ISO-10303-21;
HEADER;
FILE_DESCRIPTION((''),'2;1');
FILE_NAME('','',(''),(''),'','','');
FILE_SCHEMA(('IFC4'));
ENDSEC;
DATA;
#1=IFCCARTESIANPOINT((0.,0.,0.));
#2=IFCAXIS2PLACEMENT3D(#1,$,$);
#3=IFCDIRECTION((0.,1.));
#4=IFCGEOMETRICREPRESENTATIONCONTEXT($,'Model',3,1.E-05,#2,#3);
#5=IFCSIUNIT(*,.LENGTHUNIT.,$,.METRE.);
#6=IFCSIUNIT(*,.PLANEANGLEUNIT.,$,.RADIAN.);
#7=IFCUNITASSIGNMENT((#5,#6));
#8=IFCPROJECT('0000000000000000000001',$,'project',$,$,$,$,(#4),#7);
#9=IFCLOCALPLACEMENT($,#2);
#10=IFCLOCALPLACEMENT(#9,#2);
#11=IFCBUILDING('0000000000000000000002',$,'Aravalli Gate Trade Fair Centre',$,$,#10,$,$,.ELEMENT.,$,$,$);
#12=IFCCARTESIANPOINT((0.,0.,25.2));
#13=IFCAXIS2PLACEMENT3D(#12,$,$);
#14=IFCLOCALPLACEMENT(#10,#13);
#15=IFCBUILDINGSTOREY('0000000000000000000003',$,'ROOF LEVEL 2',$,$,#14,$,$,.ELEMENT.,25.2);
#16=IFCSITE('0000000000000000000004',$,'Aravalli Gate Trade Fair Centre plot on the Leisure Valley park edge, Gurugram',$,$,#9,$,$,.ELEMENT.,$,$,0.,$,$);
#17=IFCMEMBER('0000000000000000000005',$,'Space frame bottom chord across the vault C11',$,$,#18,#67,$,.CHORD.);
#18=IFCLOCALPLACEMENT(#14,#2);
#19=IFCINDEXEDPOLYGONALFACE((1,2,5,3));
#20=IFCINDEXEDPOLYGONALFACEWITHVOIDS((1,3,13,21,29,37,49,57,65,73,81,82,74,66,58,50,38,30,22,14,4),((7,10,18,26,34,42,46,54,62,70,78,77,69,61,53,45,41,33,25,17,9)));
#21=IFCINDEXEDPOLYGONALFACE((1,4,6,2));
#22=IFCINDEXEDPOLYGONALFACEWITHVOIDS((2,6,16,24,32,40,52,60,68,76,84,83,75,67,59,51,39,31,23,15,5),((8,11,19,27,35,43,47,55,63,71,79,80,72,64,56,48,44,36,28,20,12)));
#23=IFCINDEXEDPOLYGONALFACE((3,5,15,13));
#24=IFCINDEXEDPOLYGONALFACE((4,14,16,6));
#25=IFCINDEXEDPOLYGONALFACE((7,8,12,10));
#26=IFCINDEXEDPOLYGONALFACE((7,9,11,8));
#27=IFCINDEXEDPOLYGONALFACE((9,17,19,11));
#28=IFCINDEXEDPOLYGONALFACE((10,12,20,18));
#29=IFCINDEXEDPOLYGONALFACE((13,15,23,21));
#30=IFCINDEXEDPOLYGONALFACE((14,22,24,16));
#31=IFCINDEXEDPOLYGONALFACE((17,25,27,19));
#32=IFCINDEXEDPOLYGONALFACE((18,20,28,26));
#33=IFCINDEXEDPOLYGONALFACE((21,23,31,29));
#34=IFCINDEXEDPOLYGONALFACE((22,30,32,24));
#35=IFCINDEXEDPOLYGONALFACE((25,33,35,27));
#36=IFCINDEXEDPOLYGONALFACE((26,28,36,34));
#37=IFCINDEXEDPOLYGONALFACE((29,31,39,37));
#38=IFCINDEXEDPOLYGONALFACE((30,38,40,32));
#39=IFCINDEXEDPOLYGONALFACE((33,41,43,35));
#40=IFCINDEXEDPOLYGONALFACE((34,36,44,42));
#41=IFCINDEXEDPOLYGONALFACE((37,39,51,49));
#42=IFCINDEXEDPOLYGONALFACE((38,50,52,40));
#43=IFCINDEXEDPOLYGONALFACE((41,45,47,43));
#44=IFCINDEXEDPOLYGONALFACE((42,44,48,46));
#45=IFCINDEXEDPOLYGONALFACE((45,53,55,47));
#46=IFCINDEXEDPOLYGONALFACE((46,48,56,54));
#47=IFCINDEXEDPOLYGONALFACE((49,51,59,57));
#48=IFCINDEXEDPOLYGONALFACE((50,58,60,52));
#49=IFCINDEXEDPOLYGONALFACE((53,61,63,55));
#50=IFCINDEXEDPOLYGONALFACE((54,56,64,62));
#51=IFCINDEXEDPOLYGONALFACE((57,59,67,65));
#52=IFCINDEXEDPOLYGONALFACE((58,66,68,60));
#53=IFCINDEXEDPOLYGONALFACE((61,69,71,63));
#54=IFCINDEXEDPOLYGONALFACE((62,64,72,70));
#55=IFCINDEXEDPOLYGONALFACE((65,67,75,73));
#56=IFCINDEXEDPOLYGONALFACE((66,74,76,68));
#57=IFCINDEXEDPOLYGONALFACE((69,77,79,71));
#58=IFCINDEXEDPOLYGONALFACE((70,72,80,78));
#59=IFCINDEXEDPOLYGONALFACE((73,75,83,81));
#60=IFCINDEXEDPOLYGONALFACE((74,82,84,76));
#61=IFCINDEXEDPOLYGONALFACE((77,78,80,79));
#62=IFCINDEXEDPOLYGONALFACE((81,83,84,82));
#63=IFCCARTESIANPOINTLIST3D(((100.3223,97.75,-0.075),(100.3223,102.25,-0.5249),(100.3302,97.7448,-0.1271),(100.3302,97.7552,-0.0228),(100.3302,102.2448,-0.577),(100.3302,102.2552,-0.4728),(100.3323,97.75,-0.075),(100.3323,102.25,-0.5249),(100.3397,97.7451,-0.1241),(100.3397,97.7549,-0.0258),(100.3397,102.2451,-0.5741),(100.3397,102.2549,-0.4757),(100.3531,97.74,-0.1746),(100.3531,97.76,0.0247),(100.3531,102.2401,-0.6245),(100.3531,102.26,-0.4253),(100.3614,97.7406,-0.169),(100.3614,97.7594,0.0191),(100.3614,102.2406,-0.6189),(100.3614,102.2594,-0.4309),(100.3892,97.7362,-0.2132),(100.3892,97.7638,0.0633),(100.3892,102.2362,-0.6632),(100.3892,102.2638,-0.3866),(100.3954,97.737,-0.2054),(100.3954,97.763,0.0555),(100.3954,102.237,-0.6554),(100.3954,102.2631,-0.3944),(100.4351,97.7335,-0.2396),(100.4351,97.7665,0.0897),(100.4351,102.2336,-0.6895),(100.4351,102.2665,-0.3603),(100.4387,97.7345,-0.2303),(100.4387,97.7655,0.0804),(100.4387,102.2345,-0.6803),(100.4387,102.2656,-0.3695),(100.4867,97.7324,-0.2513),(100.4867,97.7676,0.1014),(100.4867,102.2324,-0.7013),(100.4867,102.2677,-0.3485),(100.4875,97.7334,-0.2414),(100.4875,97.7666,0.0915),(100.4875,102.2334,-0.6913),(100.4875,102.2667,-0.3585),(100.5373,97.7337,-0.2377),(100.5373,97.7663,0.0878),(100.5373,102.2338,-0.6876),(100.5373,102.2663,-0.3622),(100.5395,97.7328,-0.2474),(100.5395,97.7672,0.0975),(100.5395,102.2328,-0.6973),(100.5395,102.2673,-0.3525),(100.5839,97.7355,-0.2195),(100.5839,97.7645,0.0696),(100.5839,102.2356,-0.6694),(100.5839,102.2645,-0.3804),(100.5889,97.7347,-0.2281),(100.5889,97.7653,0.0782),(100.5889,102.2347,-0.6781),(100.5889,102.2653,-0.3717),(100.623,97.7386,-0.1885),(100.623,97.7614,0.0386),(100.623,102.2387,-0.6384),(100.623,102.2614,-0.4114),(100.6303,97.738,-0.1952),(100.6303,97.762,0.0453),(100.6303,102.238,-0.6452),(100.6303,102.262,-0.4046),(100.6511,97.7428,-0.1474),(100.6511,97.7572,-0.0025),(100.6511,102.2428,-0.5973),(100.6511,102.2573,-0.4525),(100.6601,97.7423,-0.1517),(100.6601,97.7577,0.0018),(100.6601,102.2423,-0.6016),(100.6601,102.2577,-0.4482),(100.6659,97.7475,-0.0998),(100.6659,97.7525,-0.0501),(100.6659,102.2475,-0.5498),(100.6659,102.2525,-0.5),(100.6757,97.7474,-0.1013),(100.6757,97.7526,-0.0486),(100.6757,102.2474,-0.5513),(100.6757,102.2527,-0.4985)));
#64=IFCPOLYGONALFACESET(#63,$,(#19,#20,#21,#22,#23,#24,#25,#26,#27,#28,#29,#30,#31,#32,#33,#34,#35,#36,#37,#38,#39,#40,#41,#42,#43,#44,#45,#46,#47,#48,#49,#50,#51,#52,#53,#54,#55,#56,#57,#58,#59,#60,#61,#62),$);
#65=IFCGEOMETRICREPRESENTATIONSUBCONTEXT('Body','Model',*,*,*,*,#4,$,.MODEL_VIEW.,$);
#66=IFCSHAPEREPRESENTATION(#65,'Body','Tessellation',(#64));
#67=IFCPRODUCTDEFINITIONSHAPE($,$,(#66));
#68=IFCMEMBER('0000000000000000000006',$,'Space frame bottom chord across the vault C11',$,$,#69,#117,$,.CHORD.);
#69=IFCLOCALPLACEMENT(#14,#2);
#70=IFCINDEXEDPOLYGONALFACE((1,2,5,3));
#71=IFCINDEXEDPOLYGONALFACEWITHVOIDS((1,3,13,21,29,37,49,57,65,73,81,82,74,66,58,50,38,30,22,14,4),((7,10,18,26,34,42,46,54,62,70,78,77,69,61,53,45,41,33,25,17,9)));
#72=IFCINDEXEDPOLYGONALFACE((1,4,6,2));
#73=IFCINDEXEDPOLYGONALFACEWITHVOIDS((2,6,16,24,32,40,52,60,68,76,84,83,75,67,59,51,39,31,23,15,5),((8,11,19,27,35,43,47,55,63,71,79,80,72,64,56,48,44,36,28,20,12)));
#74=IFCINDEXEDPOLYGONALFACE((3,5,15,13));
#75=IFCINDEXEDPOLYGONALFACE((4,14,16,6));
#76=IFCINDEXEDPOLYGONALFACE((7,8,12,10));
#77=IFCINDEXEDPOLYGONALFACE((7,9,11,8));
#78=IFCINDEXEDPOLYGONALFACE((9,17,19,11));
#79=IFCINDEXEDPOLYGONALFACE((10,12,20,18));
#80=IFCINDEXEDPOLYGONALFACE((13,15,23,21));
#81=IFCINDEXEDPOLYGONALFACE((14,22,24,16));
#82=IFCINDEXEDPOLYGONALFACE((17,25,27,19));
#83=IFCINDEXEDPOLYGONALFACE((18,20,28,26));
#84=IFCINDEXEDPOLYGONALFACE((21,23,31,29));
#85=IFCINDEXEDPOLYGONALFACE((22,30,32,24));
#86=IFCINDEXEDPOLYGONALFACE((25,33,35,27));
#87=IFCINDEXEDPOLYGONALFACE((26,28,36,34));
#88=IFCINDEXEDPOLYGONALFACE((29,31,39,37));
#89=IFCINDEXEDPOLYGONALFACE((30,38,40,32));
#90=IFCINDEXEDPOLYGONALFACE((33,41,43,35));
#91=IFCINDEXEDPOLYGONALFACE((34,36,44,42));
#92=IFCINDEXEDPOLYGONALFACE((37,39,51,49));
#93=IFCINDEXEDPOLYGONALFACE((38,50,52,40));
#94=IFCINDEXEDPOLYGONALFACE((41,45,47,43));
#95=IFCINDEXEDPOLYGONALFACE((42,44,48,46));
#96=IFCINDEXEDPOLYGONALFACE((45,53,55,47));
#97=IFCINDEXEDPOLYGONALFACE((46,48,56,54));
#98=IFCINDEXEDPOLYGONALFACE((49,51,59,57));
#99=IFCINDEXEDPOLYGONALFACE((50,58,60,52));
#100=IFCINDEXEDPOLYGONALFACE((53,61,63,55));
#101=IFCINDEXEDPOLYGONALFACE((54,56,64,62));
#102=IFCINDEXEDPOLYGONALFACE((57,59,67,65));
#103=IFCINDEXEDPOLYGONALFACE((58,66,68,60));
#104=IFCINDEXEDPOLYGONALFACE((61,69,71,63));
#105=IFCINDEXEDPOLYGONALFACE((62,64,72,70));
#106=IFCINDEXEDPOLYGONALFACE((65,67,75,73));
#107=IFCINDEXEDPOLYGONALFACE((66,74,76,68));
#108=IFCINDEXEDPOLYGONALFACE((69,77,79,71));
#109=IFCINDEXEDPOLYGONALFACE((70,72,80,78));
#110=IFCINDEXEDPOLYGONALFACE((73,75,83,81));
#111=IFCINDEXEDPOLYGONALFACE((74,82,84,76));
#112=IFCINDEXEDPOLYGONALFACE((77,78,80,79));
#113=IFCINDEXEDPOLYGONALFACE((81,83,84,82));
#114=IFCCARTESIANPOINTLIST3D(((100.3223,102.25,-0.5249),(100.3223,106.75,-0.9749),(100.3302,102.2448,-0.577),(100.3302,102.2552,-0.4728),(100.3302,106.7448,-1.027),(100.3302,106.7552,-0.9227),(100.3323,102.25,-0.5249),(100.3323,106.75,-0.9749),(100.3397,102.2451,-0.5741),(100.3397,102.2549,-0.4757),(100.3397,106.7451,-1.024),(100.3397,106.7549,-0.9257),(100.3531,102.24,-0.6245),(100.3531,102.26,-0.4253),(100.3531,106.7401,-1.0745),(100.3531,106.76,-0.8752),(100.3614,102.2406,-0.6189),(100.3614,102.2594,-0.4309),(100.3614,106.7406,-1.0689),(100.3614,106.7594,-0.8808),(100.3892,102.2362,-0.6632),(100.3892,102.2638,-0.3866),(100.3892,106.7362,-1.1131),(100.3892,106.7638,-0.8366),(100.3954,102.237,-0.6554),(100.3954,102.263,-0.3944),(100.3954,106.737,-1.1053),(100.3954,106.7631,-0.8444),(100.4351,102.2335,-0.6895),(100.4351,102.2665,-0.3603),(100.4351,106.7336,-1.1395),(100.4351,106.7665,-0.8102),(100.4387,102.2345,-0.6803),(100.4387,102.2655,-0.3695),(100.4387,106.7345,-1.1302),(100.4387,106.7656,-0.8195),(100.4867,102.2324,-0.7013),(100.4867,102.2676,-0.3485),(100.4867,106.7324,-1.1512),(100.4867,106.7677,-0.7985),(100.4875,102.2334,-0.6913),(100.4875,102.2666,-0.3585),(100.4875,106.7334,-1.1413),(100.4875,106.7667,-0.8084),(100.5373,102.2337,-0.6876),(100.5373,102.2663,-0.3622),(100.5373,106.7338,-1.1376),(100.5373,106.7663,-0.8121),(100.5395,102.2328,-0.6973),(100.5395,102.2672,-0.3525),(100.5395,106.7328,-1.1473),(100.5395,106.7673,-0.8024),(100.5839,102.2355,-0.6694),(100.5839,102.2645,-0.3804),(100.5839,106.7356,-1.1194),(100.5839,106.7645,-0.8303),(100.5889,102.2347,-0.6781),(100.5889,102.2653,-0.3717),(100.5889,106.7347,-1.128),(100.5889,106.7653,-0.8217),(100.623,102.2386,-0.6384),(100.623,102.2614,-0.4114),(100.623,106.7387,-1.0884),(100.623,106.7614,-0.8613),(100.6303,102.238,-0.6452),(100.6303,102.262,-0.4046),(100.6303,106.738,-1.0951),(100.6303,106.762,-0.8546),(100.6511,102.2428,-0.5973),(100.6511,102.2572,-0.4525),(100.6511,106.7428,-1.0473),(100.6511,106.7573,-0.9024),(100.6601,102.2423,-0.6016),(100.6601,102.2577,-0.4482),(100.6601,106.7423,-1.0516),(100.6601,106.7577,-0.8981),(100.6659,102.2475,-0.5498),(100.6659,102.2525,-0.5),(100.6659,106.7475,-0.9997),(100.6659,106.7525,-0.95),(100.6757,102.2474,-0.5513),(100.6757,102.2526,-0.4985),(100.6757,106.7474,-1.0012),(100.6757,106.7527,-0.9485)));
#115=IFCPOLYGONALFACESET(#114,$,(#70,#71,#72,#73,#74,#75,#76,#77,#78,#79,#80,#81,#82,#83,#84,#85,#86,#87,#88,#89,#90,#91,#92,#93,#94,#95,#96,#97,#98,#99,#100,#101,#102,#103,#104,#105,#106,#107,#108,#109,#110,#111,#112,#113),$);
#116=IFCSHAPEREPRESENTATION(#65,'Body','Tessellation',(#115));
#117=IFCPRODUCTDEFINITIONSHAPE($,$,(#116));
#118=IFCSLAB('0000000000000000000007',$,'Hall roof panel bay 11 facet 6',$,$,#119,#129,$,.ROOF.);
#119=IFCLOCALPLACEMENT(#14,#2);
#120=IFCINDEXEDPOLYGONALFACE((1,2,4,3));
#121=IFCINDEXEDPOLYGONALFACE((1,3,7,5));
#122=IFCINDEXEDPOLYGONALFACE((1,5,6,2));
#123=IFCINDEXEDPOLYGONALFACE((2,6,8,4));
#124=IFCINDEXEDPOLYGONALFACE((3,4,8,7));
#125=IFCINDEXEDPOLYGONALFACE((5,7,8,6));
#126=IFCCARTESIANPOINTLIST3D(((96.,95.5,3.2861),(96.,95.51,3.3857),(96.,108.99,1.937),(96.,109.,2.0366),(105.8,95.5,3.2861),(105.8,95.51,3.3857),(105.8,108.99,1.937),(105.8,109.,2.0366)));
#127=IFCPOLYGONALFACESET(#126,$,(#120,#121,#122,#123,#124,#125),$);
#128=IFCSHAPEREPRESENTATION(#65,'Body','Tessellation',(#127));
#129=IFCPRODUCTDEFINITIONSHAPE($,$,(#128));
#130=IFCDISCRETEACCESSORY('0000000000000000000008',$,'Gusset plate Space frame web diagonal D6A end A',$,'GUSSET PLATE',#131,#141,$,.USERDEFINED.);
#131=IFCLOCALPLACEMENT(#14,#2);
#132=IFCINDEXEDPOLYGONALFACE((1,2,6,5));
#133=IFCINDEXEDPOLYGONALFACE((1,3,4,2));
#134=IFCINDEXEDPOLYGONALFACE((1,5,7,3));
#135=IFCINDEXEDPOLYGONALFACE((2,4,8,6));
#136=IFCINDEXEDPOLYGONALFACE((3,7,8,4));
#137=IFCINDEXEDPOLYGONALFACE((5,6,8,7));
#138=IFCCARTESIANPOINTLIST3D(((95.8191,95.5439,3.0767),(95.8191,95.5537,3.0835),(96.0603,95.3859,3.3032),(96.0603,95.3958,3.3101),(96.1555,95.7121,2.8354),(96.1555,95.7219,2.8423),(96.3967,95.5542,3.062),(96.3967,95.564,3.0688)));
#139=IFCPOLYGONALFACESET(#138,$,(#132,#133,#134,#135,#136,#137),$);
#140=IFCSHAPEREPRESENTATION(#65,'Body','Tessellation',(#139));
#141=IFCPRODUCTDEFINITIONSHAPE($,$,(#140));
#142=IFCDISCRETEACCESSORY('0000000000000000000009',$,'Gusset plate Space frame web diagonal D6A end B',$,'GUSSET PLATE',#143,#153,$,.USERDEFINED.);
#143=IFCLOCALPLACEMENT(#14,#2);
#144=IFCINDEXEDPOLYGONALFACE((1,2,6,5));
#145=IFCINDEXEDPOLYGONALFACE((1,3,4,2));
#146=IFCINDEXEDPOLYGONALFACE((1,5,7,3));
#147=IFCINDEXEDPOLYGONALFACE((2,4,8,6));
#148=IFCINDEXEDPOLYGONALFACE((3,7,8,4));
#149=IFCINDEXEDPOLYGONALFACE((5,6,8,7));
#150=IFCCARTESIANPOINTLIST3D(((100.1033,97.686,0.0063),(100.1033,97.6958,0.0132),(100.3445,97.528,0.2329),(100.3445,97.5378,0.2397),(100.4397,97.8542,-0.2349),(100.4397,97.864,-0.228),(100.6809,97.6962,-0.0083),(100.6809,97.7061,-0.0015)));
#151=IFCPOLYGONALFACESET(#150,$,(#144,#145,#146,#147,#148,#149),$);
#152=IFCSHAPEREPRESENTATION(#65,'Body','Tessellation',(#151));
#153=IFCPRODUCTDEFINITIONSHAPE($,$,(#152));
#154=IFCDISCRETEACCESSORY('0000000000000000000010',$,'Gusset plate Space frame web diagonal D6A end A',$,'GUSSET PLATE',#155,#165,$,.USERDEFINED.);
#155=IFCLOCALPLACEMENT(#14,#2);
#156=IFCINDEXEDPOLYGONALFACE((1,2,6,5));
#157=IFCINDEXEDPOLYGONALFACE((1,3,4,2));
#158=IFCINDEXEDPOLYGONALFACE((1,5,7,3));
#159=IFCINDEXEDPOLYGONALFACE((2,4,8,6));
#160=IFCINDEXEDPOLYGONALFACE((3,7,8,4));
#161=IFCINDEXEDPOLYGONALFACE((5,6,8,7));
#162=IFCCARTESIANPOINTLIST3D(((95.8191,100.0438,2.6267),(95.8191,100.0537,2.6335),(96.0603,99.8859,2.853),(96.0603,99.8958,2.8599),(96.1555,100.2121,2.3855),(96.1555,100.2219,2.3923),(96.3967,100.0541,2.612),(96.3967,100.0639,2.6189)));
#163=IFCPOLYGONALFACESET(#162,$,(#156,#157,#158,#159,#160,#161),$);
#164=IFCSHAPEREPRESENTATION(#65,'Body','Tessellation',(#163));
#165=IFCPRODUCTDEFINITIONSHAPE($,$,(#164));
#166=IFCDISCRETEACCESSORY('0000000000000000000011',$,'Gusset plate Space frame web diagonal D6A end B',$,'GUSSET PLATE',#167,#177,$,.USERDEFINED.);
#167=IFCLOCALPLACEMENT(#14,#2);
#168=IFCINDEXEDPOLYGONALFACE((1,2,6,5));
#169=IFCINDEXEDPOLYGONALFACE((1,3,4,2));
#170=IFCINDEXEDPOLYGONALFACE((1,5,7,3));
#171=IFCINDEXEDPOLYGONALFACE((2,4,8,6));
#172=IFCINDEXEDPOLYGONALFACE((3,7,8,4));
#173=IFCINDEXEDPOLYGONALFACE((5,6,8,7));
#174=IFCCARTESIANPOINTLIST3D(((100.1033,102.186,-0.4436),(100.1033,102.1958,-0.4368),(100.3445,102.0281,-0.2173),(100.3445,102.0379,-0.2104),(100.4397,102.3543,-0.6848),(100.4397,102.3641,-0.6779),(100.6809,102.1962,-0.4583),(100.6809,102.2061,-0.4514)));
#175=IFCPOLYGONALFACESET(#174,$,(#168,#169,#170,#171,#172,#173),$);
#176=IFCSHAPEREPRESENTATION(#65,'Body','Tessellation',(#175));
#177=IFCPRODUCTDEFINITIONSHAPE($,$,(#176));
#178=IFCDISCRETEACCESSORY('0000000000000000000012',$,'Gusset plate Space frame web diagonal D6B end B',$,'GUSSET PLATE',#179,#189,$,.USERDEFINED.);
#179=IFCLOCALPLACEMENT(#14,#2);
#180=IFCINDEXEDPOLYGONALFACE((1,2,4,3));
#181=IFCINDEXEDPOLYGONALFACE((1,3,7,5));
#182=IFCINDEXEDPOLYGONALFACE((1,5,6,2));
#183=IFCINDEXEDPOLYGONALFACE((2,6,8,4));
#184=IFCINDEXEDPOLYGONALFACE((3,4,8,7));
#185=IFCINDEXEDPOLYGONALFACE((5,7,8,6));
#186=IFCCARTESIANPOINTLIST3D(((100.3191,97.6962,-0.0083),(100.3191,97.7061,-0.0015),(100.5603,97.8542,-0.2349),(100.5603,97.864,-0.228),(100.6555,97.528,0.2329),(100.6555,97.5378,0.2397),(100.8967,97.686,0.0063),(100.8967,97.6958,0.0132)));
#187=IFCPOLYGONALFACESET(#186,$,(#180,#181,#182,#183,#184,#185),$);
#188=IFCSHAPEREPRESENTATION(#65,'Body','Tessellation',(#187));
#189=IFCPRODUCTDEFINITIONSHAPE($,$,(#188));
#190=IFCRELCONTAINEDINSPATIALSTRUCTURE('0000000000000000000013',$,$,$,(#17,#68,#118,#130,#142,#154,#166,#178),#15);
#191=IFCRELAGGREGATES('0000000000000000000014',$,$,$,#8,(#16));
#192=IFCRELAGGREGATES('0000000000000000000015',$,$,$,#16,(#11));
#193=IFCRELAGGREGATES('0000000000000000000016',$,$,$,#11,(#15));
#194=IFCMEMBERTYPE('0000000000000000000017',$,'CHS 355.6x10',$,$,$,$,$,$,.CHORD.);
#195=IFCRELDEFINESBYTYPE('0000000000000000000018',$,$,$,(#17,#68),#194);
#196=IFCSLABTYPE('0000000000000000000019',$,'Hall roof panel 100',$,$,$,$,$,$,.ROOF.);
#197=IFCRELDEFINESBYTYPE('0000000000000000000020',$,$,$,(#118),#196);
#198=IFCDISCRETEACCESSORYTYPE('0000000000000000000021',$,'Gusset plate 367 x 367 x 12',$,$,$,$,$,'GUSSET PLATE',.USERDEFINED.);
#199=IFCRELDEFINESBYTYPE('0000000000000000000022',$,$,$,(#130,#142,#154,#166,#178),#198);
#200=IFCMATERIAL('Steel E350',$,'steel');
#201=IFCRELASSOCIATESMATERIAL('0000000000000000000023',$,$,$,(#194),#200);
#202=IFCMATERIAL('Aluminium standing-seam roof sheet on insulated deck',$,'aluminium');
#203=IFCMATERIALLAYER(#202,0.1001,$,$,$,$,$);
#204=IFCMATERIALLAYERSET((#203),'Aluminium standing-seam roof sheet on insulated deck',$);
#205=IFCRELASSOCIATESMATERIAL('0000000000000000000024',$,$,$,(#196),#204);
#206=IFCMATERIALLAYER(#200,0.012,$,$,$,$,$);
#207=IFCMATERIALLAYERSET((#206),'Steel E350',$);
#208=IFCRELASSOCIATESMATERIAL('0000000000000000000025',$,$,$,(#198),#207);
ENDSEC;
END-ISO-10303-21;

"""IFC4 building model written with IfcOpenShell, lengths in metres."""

from ifc_helpers import new_model, si_unit, direction, frame, origin, origin_2d, place, context, subcontext, project, spatial, polyline, hollow_circle, outline, extrude, material, layer, layer_set, material_profile, profile_set, type_object, element, save


model = new_model("IFC4")

# Units and contexts
model_context = context("Model", 3, precision=1e-05, world=origin(), true_north=direction((0.0, 1.0)))
body_context = subcontext(model_context, "Body", "Model", "MODEL_VIEW")
ifc_project = project(units=[si_unit("LENGTHUNIT", "METRE"), si_unit("PLANEANGLEUNIT", "RADIAN")], contexts=[model_context])

# Site, building, storey
site_placement = place(None, origin())
site = spatial("IfcSite", under=ifc_project, at=site_placement, Name="Aravalli Gate Trade Fair Centre plot on the Leisure Valley park edge, Gurugram", CompositionType="ELEMENT", RefElevation=0.0)
building_placement = place(site_placement, origin())
building = spatial("IfcBuilding", under=site, at=building_placement, Name="Aravalli Gate Trade Fair Centre", CompositionType="ELEMENT")
storey_placement = place(building_placement, frame((0.0, 0.0, 25.2)))
storey = spatial("IfcBuildingStorey", under=building, at=storey_placement, Name="ROOF LEVEL 2", CompositionType="ELEMENT", Elevation=25.2)

# Members
ifc_material_1 = material(Name="Steel E350", Category="steel")
ifc_material_profile_1 = material_profile(ifc_material_1, hollow_circle(Radius=0.1777, WallThickness=0.01, at=origin_2d()), Name="CHS 355.6x10")
ifc_profile_set_1 = profile_set([ifc_material_profile_1], Name="Steel E350")
member_type_1 = type_object("IfcMemberType", Name="CHS 355.6x10", PredefinedType="CHORD", material=ifc_profile_set_1)
for number, where, z_axis, x_axis, name in (
    (1, (100.5, 97.75, -0.075), (0.0, 0.995038, -0.099493), (-1.0, 0.0, 0.0), "Space frame bottom chord across the vault C11"),
    (2, (100.5, 102.25, -0.5249), (0.0, 0.995038, -0.099493), (-1.0, 0.0, 0.0), "Space frame bottom chord across the vault C11"),
):
    element("IfcMember", number, at=place(storey_placement, frame(where, z_axis=z_axis, x_axis=x_axis)), inside=storey, type_object=member_type_1, Name=name, PredefinedType="CHORD", context=body_context, shape_type="SweptSolid", body=[
        extrude(hollow_circle(Radius=0.1777, WallThickness=0.01, at=origin_2d()), origin(), (0.0, 0.0, 1.0), 4.5225),
    ])

# Slab
ifc_material_2 = material(Name="Aluminium standing-seam roof sheet on insulated deck", Category="aluminium")
ifc_layer_1 = layer(ifc_material_2, 0.1001)
ifc_layer_set_1 = layer_set([ifc_layer_1], Name="Aluminium standing-seam roof sheet on insulated deck")
slab_type = type_object("IfcSlabType", Name="Hall roof panel 100", PredefinedType="ROOF", material=ifc_layer_set_1)
slab_placement = place(storey_placement, frame((96.0, 95.51, 3.3857), z_axis=(0.0, 0.099513, 0.995036), x_axis=(1.0, 0.0, 0.0)))
element("IfcSlab", 3, at=slab_placement, inside=storey, type_object=slab_type, Name="Hall roof panel bay 11 facet 6", PredefinedType="ROOF", context=body_context, shape_type="SweptSolid", body=[
    extrude(outline(polyline([(0.0, 0.0), (9.8, 0.0), (9.8, 13.5573), (0.0, 13.5573), (0.0, 0.0)])), origin(), (0.0, 0.0, -1.0), 0.1001),
])

# Discrete accessories
ifc_layer_2 = layer(ifc_material_1, 0.012)
ifc_layer_set_2 = layer_set([ifc_layer_2], Name="Steel E350")
discrete_accessory_type = type_object("IfcDiscreteAccessoryType", Name="Gusset plate 367 x 367 x 12", ElementType="GUSSET PLATE", PredefinedType="USERDEFINED", material=ifc_layer_set_2)
discrete_accessory_1_placement = place(storey_placement, frame((96.1555, 95.7219, 2.8423), z_axis=(-0.000057, 0.820282, 0.57196), x_axis=(-0.75291, -0.376455, 0.539822)))
element("IfcDiscreteAccessory", 4, at=discrete_accessory_1_placement, inside=storey, type_object=discrete_accessory_type, Name="Gusset plate Space frame web diagonal D6A end A", ObjectType="GUSSET PLATE", PredefinedType="USERDEFINED", context=body_context, shape_type="SweptSolid", body=[
    extrude(outline(polyline([(0.0, 0.0), (0.4468, 0.0), (0.447, 0.3667), (0.0002, 0.3667), (0.0, 0.0)])), origin(), (0.0, 0.0, -1.0), 0.012),
])
discrete_accessory_2_placement = place(storey_placement, frame((100.1033, 97.6958, 0.0132), z_axis=(-0.000057, 0.820282, 0.57196), x_axis=(0.75291, 0.376455, -0.539822)))
element("IfcDiscreteAccessory", 5, at=discrete_accessory_2_placement, inside=storey, type_object=discrete_accessory_type, Name="Gusset plate Space frame web diagonal D6A end B", ObjectType="GUSSET PLATE", PredefinedType="USERDEFINED", context=body_context, shape_type="SweptSolid", body=[
    extrude(outline(polyline([(0.0, 0.0), (0.4468, 0.0), (0.4467, -0.3667), (-0.0002, -0.3667), (0.0, 0.0)])), origin(), (0.0, 0.0, -1.0), 0.012),
])
discrete_accessory_3_placement = place(storey_placement, frame((96.1555, 100.2219, 2.3923), z_axis=(-0.000049, 0.820141, 0.572161), x_axis=(-0.75291, -0.376583, 0.539733)))
element("IfcDiscreteAccessory", 6, at=discrete_accessory_3_placement, inside=storey, type_object=discrete_accessory_type, Name="Gusset plate Space frame web diagonal D6A end A", ObjectType="GUSSET PLATE", PredefinedType="USERDEFINED", context=body_context, shape_type="SweptSolid", body=[
    extrude(outline(polyline([(0.0, 0.0), (0.4468, 0.0), (0.4469, 0.3665), (0.0002, 0.3667), (0.0, 0.0)])), origin(), (0.0, 0.0, -1.0), 0.012),
])
discrete_accessory_4_placement = place(storey_placement, frame((100.1033, 102.1958, -0.4368), z_axis=(-0.000049, 0.820141, 0.572161), x_axis=(0.75291, 0.376583, -0.539733)))
element("IfcDiscreteAccessory", 7, at=discrete_accessory_4_placement, inside=storey, type_object=discrete_accessory_type, Name="Gusset plate Space frame web diagonal D6A end B", ObjectType="GUSSET PLATE", PredefinedType="USERDEFINED", context=body_context, shape_type="SweptSolid", body=[
    extrude(outline(polyline([(0.0, 0.0), (0.4468, 0.0), (0.4467, -0.3667), (0.0, -0.3665), (0.0, 0.0)])), origin(), (0.0, 0.0, -1.0), 0.012),
])
discrete_accessory_5_placement = place(storey_placement, frame((100.6555, 97.5378, 0.2397), z_axis=(0.000057, 0.820282, 0.57196), x_axis=(-0.75291, 0.376455, -0.539822)))
element("IfcDiscreteAccessory", 8, at=discrete_accessory_5_placement, inside=storey, type_object=discrete_accessory_type, Name="Gusset plate Space frame web diagonal D6B end B", ObjectType="GUSSET PLATE", PredefinedType="USERDEFINED", context=body_context, shape_type="SweptSolid", body=[
    extrude(outline(polyline([(0.0, 0.0), (0.4468, 0.0), (0.447, -0.3667), (0.0002, -0.3667), (0.0, 0.0)])), origin(), (0.0, 0.0, -1.0), 0.012),
])

save(model, "model.ifc")
